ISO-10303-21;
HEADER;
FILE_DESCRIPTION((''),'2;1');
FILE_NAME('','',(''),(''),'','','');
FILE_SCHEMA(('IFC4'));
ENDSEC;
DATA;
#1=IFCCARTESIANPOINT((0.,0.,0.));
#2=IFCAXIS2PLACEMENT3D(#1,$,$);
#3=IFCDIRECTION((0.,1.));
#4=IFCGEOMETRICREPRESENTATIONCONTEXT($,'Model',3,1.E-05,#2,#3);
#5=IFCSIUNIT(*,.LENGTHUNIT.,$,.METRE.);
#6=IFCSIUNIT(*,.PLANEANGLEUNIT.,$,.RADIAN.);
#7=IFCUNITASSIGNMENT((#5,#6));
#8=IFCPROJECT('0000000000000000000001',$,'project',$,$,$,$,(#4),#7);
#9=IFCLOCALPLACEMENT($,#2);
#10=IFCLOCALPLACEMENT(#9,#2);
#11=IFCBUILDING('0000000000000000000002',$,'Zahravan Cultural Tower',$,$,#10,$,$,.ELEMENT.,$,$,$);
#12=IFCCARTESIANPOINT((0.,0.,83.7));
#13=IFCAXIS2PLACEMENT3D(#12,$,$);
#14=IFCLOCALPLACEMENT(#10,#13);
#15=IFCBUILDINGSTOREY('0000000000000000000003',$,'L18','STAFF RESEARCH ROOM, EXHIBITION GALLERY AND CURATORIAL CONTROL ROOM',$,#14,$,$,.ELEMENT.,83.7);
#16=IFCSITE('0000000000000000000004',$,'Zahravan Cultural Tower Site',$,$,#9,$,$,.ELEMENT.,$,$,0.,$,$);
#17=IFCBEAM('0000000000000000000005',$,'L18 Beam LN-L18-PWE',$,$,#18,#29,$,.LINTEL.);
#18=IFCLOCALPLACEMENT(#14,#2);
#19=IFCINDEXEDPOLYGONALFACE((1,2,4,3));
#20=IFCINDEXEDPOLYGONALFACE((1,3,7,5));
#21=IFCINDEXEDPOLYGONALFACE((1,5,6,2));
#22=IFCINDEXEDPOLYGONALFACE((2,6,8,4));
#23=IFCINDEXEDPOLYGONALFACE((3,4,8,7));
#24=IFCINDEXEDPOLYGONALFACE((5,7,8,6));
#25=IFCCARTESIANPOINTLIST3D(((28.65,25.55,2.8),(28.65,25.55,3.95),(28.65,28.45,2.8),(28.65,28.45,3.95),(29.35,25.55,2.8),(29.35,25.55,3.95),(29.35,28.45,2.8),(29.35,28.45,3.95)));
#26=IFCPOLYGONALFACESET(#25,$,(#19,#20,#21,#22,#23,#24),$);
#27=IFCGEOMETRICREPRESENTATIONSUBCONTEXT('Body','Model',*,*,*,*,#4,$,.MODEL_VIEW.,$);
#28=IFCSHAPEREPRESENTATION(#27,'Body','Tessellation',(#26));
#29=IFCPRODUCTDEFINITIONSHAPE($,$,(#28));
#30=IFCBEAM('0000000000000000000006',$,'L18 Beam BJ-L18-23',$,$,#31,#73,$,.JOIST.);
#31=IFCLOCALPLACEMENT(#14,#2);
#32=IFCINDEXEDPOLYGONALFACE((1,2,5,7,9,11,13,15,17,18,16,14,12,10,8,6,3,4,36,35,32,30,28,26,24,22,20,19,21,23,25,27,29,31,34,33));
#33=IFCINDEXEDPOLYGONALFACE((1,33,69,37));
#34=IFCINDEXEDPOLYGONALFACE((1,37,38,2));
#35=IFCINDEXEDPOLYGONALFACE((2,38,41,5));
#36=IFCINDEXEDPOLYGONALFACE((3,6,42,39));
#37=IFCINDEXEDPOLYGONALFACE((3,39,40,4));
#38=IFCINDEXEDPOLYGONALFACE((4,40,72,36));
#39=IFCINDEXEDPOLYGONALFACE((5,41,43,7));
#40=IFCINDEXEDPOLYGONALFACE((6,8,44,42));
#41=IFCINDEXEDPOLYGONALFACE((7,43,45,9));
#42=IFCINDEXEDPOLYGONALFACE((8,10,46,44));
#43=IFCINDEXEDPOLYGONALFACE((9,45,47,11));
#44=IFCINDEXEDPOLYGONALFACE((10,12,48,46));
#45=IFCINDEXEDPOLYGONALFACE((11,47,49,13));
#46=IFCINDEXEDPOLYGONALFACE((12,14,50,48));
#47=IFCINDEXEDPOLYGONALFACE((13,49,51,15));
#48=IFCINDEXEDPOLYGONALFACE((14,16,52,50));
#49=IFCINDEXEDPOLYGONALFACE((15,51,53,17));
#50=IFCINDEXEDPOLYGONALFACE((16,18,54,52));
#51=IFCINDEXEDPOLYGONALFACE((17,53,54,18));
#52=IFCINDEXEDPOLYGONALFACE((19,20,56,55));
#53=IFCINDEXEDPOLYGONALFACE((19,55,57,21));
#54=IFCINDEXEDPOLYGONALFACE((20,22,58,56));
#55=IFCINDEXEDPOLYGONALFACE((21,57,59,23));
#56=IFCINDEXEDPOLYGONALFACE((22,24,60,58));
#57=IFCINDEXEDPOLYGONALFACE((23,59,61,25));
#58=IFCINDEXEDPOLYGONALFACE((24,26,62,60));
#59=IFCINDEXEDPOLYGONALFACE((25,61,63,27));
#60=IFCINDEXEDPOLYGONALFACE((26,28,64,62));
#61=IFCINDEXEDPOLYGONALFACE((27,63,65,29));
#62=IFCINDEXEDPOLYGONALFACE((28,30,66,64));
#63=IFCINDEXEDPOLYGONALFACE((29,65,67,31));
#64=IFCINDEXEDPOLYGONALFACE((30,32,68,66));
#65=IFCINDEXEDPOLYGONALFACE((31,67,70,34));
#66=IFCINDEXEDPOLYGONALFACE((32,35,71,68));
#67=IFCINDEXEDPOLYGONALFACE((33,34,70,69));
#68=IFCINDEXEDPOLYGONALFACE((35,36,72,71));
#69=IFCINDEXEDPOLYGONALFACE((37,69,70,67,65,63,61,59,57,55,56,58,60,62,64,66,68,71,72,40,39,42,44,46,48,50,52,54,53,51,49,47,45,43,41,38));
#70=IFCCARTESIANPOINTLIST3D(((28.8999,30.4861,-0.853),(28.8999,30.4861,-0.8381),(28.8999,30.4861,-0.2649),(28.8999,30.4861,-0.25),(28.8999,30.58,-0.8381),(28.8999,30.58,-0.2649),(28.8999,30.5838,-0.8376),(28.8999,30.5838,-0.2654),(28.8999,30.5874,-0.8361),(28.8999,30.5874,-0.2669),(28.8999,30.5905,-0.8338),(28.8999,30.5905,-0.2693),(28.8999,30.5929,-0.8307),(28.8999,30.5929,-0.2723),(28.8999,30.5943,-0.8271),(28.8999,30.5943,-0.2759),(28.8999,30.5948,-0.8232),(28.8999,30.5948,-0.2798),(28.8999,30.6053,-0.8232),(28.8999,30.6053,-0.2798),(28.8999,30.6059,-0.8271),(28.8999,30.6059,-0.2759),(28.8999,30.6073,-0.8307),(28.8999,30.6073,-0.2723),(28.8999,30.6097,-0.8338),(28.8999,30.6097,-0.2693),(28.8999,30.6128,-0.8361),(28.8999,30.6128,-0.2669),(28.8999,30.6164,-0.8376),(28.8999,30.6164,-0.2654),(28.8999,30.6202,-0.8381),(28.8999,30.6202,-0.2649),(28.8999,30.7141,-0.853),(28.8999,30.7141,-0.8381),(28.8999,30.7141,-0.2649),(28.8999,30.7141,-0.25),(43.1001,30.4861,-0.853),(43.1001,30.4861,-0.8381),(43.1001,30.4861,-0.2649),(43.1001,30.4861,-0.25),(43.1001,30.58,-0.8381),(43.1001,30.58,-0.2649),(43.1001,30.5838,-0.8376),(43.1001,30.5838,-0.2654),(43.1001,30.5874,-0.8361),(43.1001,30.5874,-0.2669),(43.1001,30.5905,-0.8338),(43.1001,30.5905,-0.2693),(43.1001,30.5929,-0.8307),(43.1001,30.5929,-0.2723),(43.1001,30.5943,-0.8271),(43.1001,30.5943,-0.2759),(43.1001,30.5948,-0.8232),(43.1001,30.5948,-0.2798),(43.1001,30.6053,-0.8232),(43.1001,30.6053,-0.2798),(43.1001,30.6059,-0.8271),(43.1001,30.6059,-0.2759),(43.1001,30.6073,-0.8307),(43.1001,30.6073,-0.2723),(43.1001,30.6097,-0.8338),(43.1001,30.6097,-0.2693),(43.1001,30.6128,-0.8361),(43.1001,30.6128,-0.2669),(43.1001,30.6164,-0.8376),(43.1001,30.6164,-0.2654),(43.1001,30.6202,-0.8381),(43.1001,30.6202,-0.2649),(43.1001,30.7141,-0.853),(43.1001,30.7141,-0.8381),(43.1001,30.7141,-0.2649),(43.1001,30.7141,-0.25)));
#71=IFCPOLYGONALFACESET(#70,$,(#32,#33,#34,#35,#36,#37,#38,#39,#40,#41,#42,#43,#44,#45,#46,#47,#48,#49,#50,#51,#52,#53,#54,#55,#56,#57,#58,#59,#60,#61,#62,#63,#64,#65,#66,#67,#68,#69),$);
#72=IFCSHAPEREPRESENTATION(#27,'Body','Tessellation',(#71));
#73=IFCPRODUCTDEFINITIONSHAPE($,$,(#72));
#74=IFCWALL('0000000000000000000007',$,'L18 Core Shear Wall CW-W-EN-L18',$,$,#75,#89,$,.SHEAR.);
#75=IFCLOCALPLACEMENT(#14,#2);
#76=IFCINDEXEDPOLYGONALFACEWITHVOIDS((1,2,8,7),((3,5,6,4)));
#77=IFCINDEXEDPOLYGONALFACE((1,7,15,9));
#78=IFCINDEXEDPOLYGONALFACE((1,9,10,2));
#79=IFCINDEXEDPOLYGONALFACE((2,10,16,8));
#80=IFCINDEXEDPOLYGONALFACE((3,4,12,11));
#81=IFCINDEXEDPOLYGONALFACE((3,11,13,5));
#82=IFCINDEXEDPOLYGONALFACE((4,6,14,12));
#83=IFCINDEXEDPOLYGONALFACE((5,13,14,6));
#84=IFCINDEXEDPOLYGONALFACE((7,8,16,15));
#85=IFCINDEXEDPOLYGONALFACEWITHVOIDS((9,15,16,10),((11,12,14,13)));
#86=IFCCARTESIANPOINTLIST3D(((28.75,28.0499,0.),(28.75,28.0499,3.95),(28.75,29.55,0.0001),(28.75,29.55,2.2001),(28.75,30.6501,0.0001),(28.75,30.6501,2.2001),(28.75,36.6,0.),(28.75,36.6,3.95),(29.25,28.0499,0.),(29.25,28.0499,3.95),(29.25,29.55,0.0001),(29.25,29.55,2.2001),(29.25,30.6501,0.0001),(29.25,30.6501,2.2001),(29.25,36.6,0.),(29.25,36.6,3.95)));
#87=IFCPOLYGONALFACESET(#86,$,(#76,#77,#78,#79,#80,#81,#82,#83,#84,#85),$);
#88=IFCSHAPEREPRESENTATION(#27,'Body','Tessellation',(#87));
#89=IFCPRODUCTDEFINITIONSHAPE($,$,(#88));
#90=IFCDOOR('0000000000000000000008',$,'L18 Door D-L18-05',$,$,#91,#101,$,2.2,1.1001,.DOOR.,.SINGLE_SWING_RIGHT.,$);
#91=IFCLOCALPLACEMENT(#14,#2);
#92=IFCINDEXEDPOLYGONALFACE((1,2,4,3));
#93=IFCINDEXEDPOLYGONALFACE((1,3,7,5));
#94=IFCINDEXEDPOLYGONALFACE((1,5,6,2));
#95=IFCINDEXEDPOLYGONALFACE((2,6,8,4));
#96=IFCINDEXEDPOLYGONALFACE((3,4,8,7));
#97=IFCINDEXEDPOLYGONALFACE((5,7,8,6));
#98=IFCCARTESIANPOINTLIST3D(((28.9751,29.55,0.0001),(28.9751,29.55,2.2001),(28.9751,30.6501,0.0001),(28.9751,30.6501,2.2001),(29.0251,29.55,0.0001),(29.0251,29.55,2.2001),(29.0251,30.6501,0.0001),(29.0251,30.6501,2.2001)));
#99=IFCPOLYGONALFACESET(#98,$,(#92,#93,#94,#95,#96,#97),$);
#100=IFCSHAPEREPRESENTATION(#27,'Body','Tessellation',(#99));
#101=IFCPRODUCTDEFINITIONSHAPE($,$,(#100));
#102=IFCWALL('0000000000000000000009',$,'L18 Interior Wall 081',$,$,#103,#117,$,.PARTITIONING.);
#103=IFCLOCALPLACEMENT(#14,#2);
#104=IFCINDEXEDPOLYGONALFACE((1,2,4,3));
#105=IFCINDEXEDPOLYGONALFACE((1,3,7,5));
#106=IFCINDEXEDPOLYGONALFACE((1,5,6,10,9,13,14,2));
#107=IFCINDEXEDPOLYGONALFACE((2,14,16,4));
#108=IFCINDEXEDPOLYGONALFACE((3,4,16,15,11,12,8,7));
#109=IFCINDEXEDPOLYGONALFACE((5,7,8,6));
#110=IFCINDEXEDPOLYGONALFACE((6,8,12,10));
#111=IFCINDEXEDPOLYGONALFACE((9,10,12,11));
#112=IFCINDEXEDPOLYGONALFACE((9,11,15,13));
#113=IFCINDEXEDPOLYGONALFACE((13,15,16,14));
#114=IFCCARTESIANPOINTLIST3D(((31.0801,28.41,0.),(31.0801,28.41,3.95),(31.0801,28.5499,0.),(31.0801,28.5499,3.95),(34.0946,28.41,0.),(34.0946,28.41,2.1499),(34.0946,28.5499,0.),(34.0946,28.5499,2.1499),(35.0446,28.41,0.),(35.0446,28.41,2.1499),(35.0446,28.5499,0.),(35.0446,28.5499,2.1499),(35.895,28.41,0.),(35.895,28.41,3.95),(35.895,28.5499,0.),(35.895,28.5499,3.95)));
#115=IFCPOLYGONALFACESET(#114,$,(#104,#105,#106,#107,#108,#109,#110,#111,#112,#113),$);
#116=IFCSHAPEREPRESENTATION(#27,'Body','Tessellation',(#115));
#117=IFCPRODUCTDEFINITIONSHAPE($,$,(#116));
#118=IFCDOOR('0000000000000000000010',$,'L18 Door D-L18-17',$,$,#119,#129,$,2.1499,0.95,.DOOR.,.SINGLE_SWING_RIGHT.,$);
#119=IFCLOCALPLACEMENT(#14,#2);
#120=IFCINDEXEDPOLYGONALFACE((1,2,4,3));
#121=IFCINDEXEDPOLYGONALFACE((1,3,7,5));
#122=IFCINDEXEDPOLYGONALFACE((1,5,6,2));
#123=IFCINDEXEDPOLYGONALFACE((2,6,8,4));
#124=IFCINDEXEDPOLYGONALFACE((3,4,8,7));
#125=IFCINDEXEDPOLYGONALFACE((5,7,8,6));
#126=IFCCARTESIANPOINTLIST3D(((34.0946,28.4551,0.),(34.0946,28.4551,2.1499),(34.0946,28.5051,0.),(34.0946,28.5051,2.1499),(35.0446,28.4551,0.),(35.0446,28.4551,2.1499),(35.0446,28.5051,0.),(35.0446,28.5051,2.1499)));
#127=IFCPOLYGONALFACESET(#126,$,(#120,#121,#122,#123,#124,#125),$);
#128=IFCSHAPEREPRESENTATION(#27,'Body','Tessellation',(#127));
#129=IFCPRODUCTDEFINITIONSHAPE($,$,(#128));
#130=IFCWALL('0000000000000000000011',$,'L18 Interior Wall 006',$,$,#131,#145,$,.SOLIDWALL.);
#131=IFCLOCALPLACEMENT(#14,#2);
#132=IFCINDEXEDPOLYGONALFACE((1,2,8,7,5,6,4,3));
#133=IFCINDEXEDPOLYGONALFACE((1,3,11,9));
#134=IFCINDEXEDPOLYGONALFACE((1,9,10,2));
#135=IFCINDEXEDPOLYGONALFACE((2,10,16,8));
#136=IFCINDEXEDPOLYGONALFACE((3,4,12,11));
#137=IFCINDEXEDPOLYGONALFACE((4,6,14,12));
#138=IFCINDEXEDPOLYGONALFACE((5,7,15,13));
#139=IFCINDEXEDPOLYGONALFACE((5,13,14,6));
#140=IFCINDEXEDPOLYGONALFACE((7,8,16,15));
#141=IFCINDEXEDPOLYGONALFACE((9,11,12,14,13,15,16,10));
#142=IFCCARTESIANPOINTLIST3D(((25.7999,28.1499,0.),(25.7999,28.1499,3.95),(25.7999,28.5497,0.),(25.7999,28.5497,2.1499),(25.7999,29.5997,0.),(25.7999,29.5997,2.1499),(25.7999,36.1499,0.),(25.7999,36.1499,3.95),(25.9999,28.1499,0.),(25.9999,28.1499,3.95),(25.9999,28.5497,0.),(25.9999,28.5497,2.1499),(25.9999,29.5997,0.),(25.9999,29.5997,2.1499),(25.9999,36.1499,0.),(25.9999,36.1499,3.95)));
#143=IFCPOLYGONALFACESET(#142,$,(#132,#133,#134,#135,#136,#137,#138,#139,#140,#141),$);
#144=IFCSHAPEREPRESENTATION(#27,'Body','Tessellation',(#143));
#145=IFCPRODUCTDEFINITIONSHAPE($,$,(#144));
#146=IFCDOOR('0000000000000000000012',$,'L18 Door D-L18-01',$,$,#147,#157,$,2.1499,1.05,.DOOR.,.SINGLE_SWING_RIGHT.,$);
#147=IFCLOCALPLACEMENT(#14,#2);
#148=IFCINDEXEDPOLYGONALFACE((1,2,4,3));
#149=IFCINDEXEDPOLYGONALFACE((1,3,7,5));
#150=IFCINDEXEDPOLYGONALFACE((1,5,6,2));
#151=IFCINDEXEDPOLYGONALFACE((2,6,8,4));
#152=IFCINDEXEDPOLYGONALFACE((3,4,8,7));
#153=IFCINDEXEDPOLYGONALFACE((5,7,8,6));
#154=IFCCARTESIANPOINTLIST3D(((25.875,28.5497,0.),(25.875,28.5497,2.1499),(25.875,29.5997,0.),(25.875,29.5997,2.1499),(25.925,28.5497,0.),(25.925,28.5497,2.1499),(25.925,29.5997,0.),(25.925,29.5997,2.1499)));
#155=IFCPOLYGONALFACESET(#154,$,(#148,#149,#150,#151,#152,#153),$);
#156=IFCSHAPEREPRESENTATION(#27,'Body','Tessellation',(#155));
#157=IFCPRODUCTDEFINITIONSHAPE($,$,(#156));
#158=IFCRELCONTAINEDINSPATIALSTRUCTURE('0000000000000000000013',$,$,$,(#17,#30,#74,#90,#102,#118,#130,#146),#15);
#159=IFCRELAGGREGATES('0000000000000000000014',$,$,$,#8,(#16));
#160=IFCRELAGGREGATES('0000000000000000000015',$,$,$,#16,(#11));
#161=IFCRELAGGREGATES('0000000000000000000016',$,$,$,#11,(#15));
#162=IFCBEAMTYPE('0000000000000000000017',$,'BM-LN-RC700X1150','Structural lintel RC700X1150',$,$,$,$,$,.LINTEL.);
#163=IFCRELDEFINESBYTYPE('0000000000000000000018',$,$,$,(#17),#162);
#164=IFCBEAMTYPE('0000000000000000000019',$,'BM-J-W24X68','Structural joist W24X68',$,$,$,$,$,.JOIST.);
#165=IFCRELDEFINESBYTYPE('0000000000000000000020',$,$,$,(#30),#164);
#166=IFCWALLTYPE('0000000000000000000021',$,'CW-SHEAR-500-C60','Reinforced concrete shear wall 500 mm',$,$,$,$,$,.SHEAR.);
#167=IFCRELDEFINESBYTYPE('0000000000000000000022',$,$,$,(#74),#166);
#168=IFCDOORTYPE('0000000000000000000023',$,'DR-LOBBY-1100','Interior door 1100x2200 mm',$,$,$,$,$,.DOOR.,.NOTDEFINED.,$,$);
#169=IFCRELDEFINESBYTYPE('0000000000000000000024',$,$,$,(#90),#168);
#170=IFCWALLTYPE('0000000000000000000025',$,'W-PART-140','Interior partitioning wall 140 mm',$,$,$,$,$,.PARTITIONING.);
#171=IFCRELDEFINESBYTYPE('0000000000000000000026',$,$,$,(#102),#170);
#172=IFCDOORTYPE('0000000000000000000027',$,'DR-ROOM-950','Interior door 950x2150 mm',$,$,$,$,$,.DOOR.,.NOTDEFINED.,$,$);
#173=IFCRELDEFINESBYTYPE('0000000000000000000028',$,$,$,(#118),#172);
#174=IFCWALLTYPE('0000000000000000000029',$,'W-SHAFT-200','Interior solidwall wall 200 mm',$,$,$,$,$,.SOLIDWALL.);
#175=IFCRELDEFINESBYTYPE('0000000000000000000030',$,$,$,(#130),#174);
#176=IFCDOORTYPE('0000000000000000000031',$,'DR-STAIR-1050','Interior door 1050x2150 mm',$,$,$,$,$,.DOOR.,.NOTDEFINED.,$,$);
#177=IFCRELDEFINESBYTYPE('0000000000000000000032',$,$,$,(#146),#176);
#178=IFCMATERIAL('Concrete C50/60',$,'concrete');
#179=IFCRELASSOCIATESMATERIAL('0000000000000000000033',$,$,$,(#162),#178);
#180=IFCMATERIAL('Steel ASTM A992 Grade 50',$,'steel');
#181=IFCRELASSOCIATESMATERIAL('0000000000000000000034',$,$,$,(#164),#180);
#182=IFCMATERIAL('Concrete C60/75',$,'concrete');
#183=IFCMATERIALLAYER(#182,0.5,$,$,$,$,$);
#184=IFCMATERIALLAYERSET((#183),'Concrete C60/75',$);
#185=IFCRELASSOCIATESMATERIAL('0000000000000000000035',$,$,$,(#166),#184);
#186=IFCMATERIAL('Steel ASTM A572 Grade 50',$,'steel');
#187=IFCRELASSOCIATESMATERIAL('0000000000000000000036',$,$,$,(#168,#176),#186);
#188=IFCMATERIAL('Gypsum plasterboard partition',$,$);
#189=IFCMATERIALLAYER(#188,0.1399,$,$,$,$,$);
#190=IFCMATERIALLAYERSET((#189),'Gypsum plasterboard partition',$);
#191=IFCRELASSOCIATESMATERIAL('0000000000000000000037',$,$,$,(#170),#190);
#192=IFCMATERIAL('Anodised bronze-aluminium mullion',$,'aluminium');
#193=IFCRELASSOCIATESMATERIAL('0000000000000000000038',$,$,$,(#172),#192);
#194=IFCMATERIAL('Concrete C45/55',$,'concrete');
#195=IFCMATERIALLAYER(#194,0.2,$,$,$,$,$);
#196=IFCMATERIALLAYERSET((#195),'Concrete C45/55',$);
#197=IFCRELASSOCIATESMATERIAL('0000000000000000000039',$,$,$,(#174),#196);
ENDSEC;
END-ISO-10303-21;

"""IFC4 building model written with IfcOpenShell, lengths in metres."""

from ifc_helpers import new_model, si_unit, direction, frame, frame_2d, origin, origin_2d, place, context, subcontext, project, spatial, rectangle, i_section, extrude, source, transform, mapped, material, layer, layer_set, material_profile, profile_set, type_object, element, fill, save


model = new_model("IFC4")

# Units and contexts
model_context = context("Model", 3, precision=1e-05, world=origin(), true_north=direction((0.0, 1.0)))
body_context = subcontext(model_context, "Body", "Model", "MODEL_VIEW")
ifc_project = project(units=[si_unit("LENGTHUNIT", "METRE"), si_unit("PLANEANGLEUNIT", "RADIAN")], contexts=[model_context])

# Site, building, storey
site_placement = place(None, origin())
site = spatial("IfcSite", under=ifc_project, at=site_placement, Name="Zahravan Cultural Tower Site", CompositionType="ELEMENT", RefElevation=0.0)
building_placement = place(site_placement, origin())
building = spatial("IfcBuilding", under=site, at=building_placement, Name="Zahravan Cultural Tower", CompositionType="ELEMENT")
storey_placement = place(building_placement, frame((0.0, 0.0, 83.7)))
storey = spatial("IfcBuildingStorey", under=building, at=storey_placement, Name="L18", Description="STAFF RESEARCH ROOM, EXHIBITION GALLERY AND CURATORIAL CONTROL ROOM", CompositionType="ELEMENT", Elevation=83.7)

# Beams
ifc_material_1 = material(Name="Concrete C50/60", Category="concrete")
ifc_material_profile_1 = material_profile(ifc_material_1, rectangle(XDim=0.7, YDim=1.1499, at=origin_2d()), Name="RC700X1150")
ifc_profile_set_1 = profile_set([ifc_material_profile_1], Name="Concrete C50/60")
beam_type_1 = type_object("IfcBeamType", Name="BM-LN-RC700X1150", Description="Structural lintel RC700X1150", PredefinedType="LINTEL", material=ifc_profile_set_1)
shared_shape_1 = source(origin(), body_context, "Body", "SweptSolid", [
    extrude(rectangle(XDim=0.7, YDim=1.1499, at=origin_2d()), origin(), (0.0, 0.0, 1.0), 2.8999),
])
beam_1_placement = place(storey_placement, frame((29.0, 25.55, 3.375), z_axis=(0.0, 1.0, 0.0), x_axis=(-1.0, 0.0, 0.0)))
element("IfcBeam", 1, at=beam_1_placement, inside=storey, type_object=beam_type_1, Name="L18 Beam LN-L18-PWE", PredefinedType="LINTEL", context=body_context, shape_type="MappedRepresentation", body=[
    mapped(shared_shape_1, transform((0.0, 0.0, 0.0), x_axis=(1.0, 0.0, 0.0), y_axis=(0.0, 1.0, 0.0), z_axis=(0.0, 0.0, 1.0), scale=1.0)),
])
ifc_material_2 = material(Name="Steel ASTM A992 Grade 50", Category="steel")
ifc_material_profile_2 = material_profile(ifc_material_2, i_section(OverallWidth=0.228, OverallDepth=0.603, WebThickness=0.0105, FlangeThickness=0.0149, FilletRadius=0.0149, at=origin_2d()), Name="W24X68")
ifc_profile_set_2 = profile_set([ifc_material_profile_2], Name="Steel ASTM A992 Grade 50")
beam_type_2 = type_object("IfcBeamType", Name="BM-J-W24X68", Description="Structural joist W24X68", PredefinedType="JOIST", material=ifc_profile_set_2)
shared_shape_2 = source(origin(), body_context, "Body", "SweptSolid", [
    extrude(i_section(OverallWidth=0.228, OverallDepth=0.603, WebThickness=0.0105, FlangeThickness=0.0149, FilletRadius=0.0149, at=origin_2d()), origin(), (0.0, 0.0, 1.0), 14.2002),
])
beam_2_placement = place(storey_placement, frame((28.8999, 30.6001, -0.5515), z_axis=(1.0, 0.0, 0.0), x_axis=(0.0, 1.0, 0.0)))
element("IfcBeam", 2, at=beam_2_placement, inside=storey, type_object=beam_type_2, Name="L18 Beam BJ-L18-23", PredefinedType="JOIST", context=body_context, shape_type="MappedRepresentation", body=[
    mapped(shared_shape_2, transform((0.0, 0.0, 0.0), x_axis=(1.0, 0.0, 0.0), y_axis=(0.0, 1.0, 0.0), z_axis=(0.0, 0.0, 1.0), scale=1.0)),
])

# Walls, openings, doors
ifc_material_3 = material(Name="Concrete C60/75", Category="concrete")
ifc_layer_1 = layer(ifc_material_3, 0.5)
ifc_layer_set_1 = layer_set([ifc_layer_1], Name="Concrete C60/75")
wall_type_1 = type_object("IfcWallType", Name="CW-SHEAR-500-C60", Description="Reinforced concrete shear wall 500 mm", PredefinedType="SHEAR", material=ifc_layer_set_1)
wall_1_placement = place(storey_placement, frame((29.0, 28.05, 0.0), z_axis=(0.0, 0.0, 1.0), x_axis=(0.0, 1.0, 0.0)))
wall_1 = element("IfcWall", 3, at=wall_1_placement, inside=storey, type_object=wall_type_1, Name="L18 Core Shear Wall CW-W-EN-L18", PredefinedType="SHEAR", context=body_context, shape_type="SweptSolid", body=[
    extrude(rectangle(XDim=8.55, YDim=0.5, at=frame_2d((4.2749, 0.0))), origin(), (0.0, 0.0, 1.0), 3.95),
])
opening_1_placement = place(wall_1_placement, frame((1.5, 0.0, 0.0)))
opening_1 = element("IfcOpeningElement", 4, at=opening_1_placement, cuts=wall_1, PredefinedType="OPENING", context=body_context, shape_type="SweptSolid", body=[
    extrude(rectangle(XDim=1.1001, YDim=2.2, at=frame_2d((0.55, 1.1001))), frame((0.0, 0.26, 0.0), z_axis=(0.0, -1.0, 0.0), x_axis=(1.0, 0.0, 0.0)), (0.0, 0.0, 1.0), 0.52),
])
ifc_material_4 = material(Name="Steel ASTM A572 Grade 50", Category="steel")
door_type_1 = type_object("IfcDoorType", Name="DR-LOBBY-1100", Description="Interior door 1100x2200 mm", OperationType="NOTDEFINED", PredefinedType="DOOR", material=ifc_material_4)
shared_shape_3 = source(origin(), body_context, "Body", "SweptSolid", [
    extrude(rectangle(XDim=1.1001, YDim=2.2, at=frame_2d((0.55, 1.1001))), frame((0.0, 0.0249, 0.0), z_axis=(0.0, -1.0, 0.0), x_axis=(1.0, 0.0, 0.0)), (0.0, 0.0, 1.0), 0.05),
])
door_1_placement = place(opening_1_placement, origin())
door_1 = element("IfcDoor", 5, at=door_1_placement, inside=storey, type_object=door_type_1, Name="L18 Door D-L18-05", OperationType="SINGLE_SWING_RIGHT", OverallHeight=2.2, OverallWidth=1.1001, PredefinedType="DOOR", context=body_context, shape_type="MappedRepresentation", body=[
    mapped(shared_shape_3, transform((0.0, 0.0, 0.0), x_axis=(1.0, 0.0, 0.0), y_axis=(0.0, 1.0, 0.0), z_axis=(0.0, 0.0, 1.0), scale=1.0)),
])
fill(opening_1, door_1)
ifc_material_5 = material(Name="Gypsum plasterboard partition")
ifc_layer_2 = layer(ifc_material_5, 0.1399)
ifc_layer_set_2 = layer_set([ifc_layer_2], Name="Gypsum plasterboard partition")
wall_type_2 = type_object("IfcWallType", Name="W-PART-140", Description="Interior partitioning wall 140 mm", PredefinedType="PARTITIONING", material=ifc_layer_set_2)
ifc_material_6 = material(Name="Anodised bronze-aluminium mullion", Category="aluminium")
door_type_2 = type_object("IfcDoorType", Name="DR-ROOM-950", Description="Interior door 950x2150 mm", OperationType="NOTDEFINED", PredefinedType="DOOR", material=ifc_material_6)
shared_shape_4 = source(origin(), body_context, "Body", "SweptSolid", [
    extrude(rectangle(XDim=0.95, YDim=2.1499, at=frame_2d((0.4751, 1.075))), frame((0.0, 0.0249, 0.0), z_axis=(0.0, -1.0, 0.0), x_axis=(1.0, 0.0, 0.0)), (0.0, 0.0, 1.0), 0.05),
])
wall_2_placement = place(storey_placement, frame((35.895, 28.48, 0.0), z_axis=(0.0, 0.0, 1.0), x_axis=(-1.0, 0.0, 0.0)))
wall_2 = element("IfcWall", 6, at=wall_2_placement, inside=storey, type_object=wall_type_2, Name="L18 Interior Wall 081", PredefinedType="PARTITIONING", context=body_context, shape_type="SweptSolid", body=[
    extrude(rectangle(XDim=4.8149, YDim=0.1399, at=frame_2d((2.4075, 0.0))), origin(), (0.0, 0.0, 1.0), 3.95),
])
opening_2_placement = place(wall_2_placement, frame((0.8503, 0.0, 0.0)))
opening_2 = element("IfcOpeningElement", 7, at=opening_2_placement, cuts=wall_2, PredefinedType="OPENING", context=body_context, shape_type="SweptSolid", body=[
    extrude(rectangle(XDim=0.95, YDim=2.1499, at=frame_2d((0.4751, 1.075))), frame((0.0, 0.0798, 0.0), z_axis=(0.0, -1.0, 0.0), x_axis=(1.0, 0.0, 0.0)), (0.0, 0.0, 1.0), 0.1599),
])
door_2_placement = place(opening_2_placement, origin())
door_2 = element("IfcDoor", 8, at=door_2_placement, inside=storey, type_object=door_type_2, Name="L18 Door D-L18-17", OperationType="SINGLE_SWING_RIGHT", OverallHeight=2.1499, OverallWidth=0.95, PredefinedType="DOOR", context=body_context, shape_type="MappedRepresentation", body=[
    mapped(shared_shape_4, transform((0.0, 0.0, 0.0), x_axis=(1.0, 0.0, 0.0), y_axis=(0.0, 1.0, 0.0), z_axis=(0.0, 0.0, 1.0), scale=1.0)),
])
fill(opening_2, door_2)
ifc_material_7 = material(Name="Concrete C45/55", Category="concrete")
ifc_layer_3 = layer(ifc_material_7, 0.2)
ifc_layer_set_3 = layer_set([ifc_layer_3], Name="Concrete C45/55")
wall_type_3 = type_object("IfcWallType", Name="W-SHAFT-200", Description="Interior solidwall wall 200 mm", PredefinedType="SOLIDWALL", material=ifc_layer_set_3)
wall_3_placement = place(storey_placement, frame((25.8999, 28.1499, 0.0), z_axis=(0.0, 0.0, 1.0), x_axis=(0.0, 1.0, 0.0)))
wall_3 = element("IfcWall", 9, at=wall_3_placement, inside=storey, type_object=wall_type_3, Name="L18 Interior Wall 006", PredefinedType="SOLIDWALL", context=body_context, shape_type="SweptSolid", body=[
    extrude(rectangle(XDim=8.0, YDim=0.2, at=frame_2d((4.0, 0.0))), origin(), (0.0, 0.0, 1.0), 3.95),
])
opening_3_placement = place(wall_3_placement, frame((0.3999, 0.0, 0.0)))
opening_3 = element("IfcOpeningElement", 10, at=opening_3_placement, cuts=wall_3, PredefinedType="OPENING", context=body_context, shape_type="SweptSolid", body=[
    extrude(rectangle(XDim=1.05, YDim=2.1499, at=frame_2d((0.5249, 1.075))), frame((0.0, 0.1099, 0.0), z_axis=(0.0, -1.0, 0.0), x_axis=(1.0, 0.0, 0.0)), (0.0, 0.0, 1.0), 0.22),
])
door_type_3 = type_object("IfcDoorType", Name="DR-STAIR-1050", Description="Interior door 1050x2150 mm", OperationType="NOTDEFINED", PredefinedType="DOOR", material=ifc_material_4)
shared_shape_5 = source(origin(), body_context, "Body", "SweptSolid", [
    extrude(rectangle(XDim=1.05, YDim=2.1499, at=frame_2d((0.5249, 1.075))), frame((0.0, 0.0249, 0.0), z_axis=(0.0, -1.0, 0.0), x_axis=(1.0, 0.0, 0.0)), (0.0, 0.0, 1.0), 0.05),
])
door_3_placement = place(opening_3_placement, origin())
door_3 = element("IfcDoor", 11, at=door_3_placement, inside=storey, type_object=door_type_3, Name="L18 Door D-L18-01", OperationType="SINGLE_SWING_RIGHT", OverallHeight=2.1499, OverallWidth=1.05, PredefinedType="DOOR", context=body_context, shape_type="MappedRepresentation", body=[
    mapped(shared_shape_5, transform((0.0, 0.0, 0.0), x_axis=(1.0, 0.0, 0.0), y_axis=(0.0, 1.0, 0.0), z_axis=(0.0, 0.0, 1.0), scale=1.0)),
])
fill(opening_3, door_3)

save(model, "model.ifc")
